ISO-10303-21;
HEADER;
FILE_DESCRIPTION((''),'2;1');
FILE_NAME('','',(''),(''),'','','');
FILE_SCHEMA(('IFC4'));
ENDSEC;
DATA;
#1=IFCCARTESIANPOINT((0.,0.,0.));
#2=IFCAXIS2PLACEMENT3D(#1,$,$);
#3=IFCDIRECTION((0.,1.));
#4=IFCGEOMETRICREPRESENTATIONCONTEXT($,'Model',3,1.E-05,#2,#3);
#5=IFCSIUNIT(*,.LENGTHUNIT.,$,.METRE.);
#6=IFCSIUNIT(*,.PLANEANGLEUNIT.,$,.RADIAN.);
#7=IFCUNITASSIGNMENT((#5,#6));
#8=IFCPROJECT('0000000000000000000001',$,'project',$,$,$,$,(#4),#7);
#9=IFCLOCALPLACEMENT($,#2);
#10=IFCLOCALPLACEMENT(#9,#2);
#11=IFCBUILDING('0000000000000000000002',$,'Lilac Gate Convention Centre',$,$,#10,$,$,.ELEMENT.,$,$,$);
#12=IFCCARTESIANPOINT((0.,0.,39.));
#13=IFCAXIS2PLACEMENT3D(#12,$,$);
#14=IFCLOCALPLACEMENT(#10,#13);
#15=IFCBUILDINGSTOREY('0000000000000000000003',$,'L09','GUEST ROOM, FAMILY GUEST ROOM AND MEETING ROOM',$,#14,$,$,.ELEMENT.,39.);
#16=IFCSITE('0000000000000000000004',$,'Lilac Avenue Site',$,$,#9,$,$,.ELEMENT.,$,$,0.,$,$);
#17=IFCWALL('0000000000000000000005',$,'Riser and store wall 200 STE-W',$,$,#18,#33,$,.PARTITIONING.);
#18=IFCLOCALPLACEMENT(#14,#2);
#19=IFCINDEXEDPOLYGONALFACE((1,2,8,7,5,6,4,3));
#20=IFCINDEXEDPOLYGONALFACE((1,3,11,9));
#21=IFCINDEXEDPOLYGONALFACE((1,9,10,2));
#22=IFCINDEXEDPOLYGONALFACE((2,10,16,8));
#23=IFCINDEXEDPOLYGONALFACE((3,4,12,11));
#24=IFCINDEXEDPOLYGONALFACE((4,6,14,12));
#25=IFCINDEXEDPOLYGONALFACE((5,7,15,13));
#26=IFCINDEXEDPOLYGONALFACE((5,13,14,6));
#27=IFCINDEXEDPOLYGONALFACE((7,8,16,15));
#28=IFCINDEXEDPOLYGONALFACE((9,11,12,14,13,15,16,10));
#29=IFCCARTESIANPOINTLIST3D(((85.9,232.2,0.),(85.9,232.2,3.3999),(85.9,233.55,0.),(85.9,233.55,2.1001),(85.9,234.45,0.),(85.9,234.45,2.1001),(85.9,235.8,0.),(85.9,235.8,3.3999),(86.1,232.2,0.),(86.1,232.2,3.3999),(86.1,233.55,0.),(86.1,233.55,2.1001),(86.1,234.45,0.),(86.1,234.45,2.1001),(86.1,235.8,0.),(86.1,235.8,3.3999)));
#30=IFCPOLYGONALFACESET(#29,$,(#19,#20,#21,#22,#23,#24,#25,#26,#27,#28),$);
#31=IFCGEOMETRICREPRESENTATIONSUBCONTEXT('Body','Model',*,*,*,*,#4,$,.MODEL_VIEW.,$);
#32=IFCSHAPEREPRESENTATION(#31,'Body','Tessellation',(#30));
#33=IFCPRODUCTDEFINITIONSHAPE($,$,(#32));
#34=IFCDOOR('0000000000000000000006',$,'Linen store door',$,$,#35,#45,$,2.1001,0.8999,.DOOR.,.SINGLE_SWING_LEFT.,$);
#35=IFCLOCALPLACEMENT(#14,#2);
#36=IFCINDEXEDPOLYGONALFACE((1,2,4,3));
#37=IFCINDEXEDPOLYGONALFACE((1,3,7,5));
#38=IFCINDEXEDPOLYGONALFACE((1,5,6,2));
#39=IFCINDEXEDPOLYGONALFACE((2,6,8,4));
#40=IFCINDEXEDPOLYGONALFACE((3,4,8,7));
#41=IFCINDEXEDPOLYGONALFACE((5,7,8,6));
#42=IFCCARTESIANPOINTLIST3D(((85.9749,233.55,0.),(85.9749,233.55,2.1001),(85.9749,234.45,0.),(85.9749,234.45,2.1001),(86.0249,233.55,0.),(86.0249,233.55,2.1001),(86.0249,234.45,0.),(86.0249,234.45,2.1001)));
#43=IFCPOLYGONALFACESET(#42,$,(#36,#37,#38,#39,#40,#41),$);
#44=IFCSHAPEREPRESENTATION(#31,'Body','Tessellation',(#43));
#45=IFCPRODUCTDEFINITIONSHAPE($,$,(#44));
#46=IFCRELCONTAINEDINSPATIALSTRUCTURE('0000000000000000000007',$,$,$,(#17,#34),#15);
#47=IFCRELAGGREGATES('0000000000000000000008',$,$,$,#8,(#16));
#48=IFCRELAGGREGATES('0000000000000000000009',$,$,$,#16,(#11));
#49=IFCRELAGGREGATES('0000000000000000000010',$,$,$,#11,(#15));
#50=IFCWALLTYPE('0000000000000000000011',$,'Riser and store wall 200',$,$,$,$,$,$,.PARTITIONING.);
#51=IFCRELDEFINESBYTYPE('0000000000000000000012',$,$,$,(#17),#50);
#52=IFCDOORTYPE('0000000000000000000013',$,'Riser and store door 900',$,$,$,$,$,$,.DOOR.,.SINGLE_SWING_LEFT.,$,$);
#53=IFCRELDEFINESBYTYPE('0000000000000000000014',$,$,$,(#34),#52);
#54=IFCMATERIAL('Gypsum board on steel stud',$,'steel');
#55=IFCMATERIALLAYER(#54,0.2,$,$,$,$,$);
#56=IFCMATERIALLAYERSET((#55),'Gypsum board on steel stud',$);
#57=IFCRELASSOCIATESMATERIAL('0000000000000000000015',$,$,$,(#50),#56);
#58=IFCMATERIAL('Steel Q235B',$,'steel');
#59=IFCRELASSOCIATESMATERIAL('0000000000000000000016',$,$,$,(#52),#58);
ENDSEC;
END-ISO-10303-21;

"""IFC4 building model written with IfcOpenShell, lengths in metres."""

from ifc_helpers import new_model, si_unit, direction, frame, frame_2d, origin, place, context, subcontext, project, spatial, rectangle, extrude, material, layer, layer_set, type_object, element, fill, save


model = new_model("IFC4")

# Units and contexts
model_context = context("Model", 3, precision=1e-05, world=origin(), true_north=direction((0.0, 1.0)))
body_context = subcontext(model_context, "Body", "Model", "MODEL_VIEW")
ifc_project = project(units=[si_unit("LENGTHUNIT", "METRE"), si_unit("PLANEANGLEUNIT", "RADIAN")], contexts=[model_context])

# Site, building, storey
site_placement = place(None, origin())
site = spatial("IfcSite", under=ifc_project, at=site_placement, Name="Lilac Avenue Site", CompositionType="ELEMENT", RefElevation=0.0)
building_placement = place(site_placement, origin())
building = spatial("IfcBuilding", under=site, at=building_placement, Name="Lilac Gate Convention Centre", CompositionType="ELEMENT")
storey_placement = place(building_placement, frame((0.0, 0.0, 39.0)))
storey = spatial("IfcBuildingStorey", under=building, at=storey_placement, Name="L09", Description="GUEST ROOM, FAMILY GUEST ROOM AND MEETING ROOM", CompositionType="ELEMENT", Elevation=39.0)

# Shared definitions
ifc_material_1 = material(Name="Gypsum board on steel stud", Category="steel")

# Shared definitions
ifc_layer_1 = layer(ifc_material_1, 0.2)
ifc_layer_set_1 = layer_set([ifc_layer_1], Name="Gypsum board on steel stud")
wall_type_1 = type_object("IfcWallType", Name="Riser and store wall 200", PredefinedType="PARTITIONING", material=ifc_layer_set_1)

# Wall, opening, door
wall_1_placement = place(storey_placement, frame((86.0, 235.8, 0.0), z_axis=(0.0, 0.0, 1.0), x_axis=(0.0, -1.0, 0.0)))
wall_1 = element("IfcWall", 1, at=wall_1_placement, inside=storey, type_object=wall_type_1, Name="Riser and store wall 200 STE-W", PredefinedType="PARTITIONING", context=body_context, shape_type="SweptSolid", body=[
    extrude(rectangle(XDim=3.6001, YDim=0.2, at=frame_2d((1.8, 0.0))), origin(), (0.0, 0.0, 1.0), 3.3999),
])
opening_1_placement = place(wall_1_placement, frame((1.3501, 0.0, 0.0)))
opening_1 = element("IfcOpeningElement", 2, at=opening_1_placement, cuts=wall_1, PredefinedType="OPENING", context=body_context, shape_type="SweptSolid", body=[
    extrude(rectangle(XDim=0.8999, YDim=2.1001, at=frame_2d((0.45, 1.05))), frame((0.0, 0.1099, 0.0), z_axis=(0.0, -1.0, 0.0), x_axis=(1.0, 0.0, 0.0)), (0.0, 0.0, 1.0), 0.22),
])
ifc_material_2 = material(Name="Steel Q235B", Category="steel")
door_type_1 = type_object("IfcDoorType", Name="Riser and store door 900", OperationType="SINGLE_SWING_LEFT", PredefinedType="DOOR", material=ifc_material_2)
door_1_placement = place(opening_1_placement, origin())
door_1 = element("IfcDoor", 3, at=door_1_placement, inside=storey, type_object=door_type_1, Name="Linen store door", OperationType="SINGLE_SWING_LEFT", OverallHeight=2.1001, OverallWidth=0.8999, PredefinedType="DOOR", context=body_context, shape_type="SweptSolid", body=[
    extrude(rectangle(XDim=0.8999, YDim=2.1001, at=frame_2d((0.45, 1.05))), frame((0.0, 0.0249, 0.0), z_axis=(0.0, -1.0, 0.0), x_axis=(1.0, 0.0, 0.0)), (0.0, 0.0, 1.0), 0.05),
])
fill(opening_1, door_1)

save(model, "model.ifc")
